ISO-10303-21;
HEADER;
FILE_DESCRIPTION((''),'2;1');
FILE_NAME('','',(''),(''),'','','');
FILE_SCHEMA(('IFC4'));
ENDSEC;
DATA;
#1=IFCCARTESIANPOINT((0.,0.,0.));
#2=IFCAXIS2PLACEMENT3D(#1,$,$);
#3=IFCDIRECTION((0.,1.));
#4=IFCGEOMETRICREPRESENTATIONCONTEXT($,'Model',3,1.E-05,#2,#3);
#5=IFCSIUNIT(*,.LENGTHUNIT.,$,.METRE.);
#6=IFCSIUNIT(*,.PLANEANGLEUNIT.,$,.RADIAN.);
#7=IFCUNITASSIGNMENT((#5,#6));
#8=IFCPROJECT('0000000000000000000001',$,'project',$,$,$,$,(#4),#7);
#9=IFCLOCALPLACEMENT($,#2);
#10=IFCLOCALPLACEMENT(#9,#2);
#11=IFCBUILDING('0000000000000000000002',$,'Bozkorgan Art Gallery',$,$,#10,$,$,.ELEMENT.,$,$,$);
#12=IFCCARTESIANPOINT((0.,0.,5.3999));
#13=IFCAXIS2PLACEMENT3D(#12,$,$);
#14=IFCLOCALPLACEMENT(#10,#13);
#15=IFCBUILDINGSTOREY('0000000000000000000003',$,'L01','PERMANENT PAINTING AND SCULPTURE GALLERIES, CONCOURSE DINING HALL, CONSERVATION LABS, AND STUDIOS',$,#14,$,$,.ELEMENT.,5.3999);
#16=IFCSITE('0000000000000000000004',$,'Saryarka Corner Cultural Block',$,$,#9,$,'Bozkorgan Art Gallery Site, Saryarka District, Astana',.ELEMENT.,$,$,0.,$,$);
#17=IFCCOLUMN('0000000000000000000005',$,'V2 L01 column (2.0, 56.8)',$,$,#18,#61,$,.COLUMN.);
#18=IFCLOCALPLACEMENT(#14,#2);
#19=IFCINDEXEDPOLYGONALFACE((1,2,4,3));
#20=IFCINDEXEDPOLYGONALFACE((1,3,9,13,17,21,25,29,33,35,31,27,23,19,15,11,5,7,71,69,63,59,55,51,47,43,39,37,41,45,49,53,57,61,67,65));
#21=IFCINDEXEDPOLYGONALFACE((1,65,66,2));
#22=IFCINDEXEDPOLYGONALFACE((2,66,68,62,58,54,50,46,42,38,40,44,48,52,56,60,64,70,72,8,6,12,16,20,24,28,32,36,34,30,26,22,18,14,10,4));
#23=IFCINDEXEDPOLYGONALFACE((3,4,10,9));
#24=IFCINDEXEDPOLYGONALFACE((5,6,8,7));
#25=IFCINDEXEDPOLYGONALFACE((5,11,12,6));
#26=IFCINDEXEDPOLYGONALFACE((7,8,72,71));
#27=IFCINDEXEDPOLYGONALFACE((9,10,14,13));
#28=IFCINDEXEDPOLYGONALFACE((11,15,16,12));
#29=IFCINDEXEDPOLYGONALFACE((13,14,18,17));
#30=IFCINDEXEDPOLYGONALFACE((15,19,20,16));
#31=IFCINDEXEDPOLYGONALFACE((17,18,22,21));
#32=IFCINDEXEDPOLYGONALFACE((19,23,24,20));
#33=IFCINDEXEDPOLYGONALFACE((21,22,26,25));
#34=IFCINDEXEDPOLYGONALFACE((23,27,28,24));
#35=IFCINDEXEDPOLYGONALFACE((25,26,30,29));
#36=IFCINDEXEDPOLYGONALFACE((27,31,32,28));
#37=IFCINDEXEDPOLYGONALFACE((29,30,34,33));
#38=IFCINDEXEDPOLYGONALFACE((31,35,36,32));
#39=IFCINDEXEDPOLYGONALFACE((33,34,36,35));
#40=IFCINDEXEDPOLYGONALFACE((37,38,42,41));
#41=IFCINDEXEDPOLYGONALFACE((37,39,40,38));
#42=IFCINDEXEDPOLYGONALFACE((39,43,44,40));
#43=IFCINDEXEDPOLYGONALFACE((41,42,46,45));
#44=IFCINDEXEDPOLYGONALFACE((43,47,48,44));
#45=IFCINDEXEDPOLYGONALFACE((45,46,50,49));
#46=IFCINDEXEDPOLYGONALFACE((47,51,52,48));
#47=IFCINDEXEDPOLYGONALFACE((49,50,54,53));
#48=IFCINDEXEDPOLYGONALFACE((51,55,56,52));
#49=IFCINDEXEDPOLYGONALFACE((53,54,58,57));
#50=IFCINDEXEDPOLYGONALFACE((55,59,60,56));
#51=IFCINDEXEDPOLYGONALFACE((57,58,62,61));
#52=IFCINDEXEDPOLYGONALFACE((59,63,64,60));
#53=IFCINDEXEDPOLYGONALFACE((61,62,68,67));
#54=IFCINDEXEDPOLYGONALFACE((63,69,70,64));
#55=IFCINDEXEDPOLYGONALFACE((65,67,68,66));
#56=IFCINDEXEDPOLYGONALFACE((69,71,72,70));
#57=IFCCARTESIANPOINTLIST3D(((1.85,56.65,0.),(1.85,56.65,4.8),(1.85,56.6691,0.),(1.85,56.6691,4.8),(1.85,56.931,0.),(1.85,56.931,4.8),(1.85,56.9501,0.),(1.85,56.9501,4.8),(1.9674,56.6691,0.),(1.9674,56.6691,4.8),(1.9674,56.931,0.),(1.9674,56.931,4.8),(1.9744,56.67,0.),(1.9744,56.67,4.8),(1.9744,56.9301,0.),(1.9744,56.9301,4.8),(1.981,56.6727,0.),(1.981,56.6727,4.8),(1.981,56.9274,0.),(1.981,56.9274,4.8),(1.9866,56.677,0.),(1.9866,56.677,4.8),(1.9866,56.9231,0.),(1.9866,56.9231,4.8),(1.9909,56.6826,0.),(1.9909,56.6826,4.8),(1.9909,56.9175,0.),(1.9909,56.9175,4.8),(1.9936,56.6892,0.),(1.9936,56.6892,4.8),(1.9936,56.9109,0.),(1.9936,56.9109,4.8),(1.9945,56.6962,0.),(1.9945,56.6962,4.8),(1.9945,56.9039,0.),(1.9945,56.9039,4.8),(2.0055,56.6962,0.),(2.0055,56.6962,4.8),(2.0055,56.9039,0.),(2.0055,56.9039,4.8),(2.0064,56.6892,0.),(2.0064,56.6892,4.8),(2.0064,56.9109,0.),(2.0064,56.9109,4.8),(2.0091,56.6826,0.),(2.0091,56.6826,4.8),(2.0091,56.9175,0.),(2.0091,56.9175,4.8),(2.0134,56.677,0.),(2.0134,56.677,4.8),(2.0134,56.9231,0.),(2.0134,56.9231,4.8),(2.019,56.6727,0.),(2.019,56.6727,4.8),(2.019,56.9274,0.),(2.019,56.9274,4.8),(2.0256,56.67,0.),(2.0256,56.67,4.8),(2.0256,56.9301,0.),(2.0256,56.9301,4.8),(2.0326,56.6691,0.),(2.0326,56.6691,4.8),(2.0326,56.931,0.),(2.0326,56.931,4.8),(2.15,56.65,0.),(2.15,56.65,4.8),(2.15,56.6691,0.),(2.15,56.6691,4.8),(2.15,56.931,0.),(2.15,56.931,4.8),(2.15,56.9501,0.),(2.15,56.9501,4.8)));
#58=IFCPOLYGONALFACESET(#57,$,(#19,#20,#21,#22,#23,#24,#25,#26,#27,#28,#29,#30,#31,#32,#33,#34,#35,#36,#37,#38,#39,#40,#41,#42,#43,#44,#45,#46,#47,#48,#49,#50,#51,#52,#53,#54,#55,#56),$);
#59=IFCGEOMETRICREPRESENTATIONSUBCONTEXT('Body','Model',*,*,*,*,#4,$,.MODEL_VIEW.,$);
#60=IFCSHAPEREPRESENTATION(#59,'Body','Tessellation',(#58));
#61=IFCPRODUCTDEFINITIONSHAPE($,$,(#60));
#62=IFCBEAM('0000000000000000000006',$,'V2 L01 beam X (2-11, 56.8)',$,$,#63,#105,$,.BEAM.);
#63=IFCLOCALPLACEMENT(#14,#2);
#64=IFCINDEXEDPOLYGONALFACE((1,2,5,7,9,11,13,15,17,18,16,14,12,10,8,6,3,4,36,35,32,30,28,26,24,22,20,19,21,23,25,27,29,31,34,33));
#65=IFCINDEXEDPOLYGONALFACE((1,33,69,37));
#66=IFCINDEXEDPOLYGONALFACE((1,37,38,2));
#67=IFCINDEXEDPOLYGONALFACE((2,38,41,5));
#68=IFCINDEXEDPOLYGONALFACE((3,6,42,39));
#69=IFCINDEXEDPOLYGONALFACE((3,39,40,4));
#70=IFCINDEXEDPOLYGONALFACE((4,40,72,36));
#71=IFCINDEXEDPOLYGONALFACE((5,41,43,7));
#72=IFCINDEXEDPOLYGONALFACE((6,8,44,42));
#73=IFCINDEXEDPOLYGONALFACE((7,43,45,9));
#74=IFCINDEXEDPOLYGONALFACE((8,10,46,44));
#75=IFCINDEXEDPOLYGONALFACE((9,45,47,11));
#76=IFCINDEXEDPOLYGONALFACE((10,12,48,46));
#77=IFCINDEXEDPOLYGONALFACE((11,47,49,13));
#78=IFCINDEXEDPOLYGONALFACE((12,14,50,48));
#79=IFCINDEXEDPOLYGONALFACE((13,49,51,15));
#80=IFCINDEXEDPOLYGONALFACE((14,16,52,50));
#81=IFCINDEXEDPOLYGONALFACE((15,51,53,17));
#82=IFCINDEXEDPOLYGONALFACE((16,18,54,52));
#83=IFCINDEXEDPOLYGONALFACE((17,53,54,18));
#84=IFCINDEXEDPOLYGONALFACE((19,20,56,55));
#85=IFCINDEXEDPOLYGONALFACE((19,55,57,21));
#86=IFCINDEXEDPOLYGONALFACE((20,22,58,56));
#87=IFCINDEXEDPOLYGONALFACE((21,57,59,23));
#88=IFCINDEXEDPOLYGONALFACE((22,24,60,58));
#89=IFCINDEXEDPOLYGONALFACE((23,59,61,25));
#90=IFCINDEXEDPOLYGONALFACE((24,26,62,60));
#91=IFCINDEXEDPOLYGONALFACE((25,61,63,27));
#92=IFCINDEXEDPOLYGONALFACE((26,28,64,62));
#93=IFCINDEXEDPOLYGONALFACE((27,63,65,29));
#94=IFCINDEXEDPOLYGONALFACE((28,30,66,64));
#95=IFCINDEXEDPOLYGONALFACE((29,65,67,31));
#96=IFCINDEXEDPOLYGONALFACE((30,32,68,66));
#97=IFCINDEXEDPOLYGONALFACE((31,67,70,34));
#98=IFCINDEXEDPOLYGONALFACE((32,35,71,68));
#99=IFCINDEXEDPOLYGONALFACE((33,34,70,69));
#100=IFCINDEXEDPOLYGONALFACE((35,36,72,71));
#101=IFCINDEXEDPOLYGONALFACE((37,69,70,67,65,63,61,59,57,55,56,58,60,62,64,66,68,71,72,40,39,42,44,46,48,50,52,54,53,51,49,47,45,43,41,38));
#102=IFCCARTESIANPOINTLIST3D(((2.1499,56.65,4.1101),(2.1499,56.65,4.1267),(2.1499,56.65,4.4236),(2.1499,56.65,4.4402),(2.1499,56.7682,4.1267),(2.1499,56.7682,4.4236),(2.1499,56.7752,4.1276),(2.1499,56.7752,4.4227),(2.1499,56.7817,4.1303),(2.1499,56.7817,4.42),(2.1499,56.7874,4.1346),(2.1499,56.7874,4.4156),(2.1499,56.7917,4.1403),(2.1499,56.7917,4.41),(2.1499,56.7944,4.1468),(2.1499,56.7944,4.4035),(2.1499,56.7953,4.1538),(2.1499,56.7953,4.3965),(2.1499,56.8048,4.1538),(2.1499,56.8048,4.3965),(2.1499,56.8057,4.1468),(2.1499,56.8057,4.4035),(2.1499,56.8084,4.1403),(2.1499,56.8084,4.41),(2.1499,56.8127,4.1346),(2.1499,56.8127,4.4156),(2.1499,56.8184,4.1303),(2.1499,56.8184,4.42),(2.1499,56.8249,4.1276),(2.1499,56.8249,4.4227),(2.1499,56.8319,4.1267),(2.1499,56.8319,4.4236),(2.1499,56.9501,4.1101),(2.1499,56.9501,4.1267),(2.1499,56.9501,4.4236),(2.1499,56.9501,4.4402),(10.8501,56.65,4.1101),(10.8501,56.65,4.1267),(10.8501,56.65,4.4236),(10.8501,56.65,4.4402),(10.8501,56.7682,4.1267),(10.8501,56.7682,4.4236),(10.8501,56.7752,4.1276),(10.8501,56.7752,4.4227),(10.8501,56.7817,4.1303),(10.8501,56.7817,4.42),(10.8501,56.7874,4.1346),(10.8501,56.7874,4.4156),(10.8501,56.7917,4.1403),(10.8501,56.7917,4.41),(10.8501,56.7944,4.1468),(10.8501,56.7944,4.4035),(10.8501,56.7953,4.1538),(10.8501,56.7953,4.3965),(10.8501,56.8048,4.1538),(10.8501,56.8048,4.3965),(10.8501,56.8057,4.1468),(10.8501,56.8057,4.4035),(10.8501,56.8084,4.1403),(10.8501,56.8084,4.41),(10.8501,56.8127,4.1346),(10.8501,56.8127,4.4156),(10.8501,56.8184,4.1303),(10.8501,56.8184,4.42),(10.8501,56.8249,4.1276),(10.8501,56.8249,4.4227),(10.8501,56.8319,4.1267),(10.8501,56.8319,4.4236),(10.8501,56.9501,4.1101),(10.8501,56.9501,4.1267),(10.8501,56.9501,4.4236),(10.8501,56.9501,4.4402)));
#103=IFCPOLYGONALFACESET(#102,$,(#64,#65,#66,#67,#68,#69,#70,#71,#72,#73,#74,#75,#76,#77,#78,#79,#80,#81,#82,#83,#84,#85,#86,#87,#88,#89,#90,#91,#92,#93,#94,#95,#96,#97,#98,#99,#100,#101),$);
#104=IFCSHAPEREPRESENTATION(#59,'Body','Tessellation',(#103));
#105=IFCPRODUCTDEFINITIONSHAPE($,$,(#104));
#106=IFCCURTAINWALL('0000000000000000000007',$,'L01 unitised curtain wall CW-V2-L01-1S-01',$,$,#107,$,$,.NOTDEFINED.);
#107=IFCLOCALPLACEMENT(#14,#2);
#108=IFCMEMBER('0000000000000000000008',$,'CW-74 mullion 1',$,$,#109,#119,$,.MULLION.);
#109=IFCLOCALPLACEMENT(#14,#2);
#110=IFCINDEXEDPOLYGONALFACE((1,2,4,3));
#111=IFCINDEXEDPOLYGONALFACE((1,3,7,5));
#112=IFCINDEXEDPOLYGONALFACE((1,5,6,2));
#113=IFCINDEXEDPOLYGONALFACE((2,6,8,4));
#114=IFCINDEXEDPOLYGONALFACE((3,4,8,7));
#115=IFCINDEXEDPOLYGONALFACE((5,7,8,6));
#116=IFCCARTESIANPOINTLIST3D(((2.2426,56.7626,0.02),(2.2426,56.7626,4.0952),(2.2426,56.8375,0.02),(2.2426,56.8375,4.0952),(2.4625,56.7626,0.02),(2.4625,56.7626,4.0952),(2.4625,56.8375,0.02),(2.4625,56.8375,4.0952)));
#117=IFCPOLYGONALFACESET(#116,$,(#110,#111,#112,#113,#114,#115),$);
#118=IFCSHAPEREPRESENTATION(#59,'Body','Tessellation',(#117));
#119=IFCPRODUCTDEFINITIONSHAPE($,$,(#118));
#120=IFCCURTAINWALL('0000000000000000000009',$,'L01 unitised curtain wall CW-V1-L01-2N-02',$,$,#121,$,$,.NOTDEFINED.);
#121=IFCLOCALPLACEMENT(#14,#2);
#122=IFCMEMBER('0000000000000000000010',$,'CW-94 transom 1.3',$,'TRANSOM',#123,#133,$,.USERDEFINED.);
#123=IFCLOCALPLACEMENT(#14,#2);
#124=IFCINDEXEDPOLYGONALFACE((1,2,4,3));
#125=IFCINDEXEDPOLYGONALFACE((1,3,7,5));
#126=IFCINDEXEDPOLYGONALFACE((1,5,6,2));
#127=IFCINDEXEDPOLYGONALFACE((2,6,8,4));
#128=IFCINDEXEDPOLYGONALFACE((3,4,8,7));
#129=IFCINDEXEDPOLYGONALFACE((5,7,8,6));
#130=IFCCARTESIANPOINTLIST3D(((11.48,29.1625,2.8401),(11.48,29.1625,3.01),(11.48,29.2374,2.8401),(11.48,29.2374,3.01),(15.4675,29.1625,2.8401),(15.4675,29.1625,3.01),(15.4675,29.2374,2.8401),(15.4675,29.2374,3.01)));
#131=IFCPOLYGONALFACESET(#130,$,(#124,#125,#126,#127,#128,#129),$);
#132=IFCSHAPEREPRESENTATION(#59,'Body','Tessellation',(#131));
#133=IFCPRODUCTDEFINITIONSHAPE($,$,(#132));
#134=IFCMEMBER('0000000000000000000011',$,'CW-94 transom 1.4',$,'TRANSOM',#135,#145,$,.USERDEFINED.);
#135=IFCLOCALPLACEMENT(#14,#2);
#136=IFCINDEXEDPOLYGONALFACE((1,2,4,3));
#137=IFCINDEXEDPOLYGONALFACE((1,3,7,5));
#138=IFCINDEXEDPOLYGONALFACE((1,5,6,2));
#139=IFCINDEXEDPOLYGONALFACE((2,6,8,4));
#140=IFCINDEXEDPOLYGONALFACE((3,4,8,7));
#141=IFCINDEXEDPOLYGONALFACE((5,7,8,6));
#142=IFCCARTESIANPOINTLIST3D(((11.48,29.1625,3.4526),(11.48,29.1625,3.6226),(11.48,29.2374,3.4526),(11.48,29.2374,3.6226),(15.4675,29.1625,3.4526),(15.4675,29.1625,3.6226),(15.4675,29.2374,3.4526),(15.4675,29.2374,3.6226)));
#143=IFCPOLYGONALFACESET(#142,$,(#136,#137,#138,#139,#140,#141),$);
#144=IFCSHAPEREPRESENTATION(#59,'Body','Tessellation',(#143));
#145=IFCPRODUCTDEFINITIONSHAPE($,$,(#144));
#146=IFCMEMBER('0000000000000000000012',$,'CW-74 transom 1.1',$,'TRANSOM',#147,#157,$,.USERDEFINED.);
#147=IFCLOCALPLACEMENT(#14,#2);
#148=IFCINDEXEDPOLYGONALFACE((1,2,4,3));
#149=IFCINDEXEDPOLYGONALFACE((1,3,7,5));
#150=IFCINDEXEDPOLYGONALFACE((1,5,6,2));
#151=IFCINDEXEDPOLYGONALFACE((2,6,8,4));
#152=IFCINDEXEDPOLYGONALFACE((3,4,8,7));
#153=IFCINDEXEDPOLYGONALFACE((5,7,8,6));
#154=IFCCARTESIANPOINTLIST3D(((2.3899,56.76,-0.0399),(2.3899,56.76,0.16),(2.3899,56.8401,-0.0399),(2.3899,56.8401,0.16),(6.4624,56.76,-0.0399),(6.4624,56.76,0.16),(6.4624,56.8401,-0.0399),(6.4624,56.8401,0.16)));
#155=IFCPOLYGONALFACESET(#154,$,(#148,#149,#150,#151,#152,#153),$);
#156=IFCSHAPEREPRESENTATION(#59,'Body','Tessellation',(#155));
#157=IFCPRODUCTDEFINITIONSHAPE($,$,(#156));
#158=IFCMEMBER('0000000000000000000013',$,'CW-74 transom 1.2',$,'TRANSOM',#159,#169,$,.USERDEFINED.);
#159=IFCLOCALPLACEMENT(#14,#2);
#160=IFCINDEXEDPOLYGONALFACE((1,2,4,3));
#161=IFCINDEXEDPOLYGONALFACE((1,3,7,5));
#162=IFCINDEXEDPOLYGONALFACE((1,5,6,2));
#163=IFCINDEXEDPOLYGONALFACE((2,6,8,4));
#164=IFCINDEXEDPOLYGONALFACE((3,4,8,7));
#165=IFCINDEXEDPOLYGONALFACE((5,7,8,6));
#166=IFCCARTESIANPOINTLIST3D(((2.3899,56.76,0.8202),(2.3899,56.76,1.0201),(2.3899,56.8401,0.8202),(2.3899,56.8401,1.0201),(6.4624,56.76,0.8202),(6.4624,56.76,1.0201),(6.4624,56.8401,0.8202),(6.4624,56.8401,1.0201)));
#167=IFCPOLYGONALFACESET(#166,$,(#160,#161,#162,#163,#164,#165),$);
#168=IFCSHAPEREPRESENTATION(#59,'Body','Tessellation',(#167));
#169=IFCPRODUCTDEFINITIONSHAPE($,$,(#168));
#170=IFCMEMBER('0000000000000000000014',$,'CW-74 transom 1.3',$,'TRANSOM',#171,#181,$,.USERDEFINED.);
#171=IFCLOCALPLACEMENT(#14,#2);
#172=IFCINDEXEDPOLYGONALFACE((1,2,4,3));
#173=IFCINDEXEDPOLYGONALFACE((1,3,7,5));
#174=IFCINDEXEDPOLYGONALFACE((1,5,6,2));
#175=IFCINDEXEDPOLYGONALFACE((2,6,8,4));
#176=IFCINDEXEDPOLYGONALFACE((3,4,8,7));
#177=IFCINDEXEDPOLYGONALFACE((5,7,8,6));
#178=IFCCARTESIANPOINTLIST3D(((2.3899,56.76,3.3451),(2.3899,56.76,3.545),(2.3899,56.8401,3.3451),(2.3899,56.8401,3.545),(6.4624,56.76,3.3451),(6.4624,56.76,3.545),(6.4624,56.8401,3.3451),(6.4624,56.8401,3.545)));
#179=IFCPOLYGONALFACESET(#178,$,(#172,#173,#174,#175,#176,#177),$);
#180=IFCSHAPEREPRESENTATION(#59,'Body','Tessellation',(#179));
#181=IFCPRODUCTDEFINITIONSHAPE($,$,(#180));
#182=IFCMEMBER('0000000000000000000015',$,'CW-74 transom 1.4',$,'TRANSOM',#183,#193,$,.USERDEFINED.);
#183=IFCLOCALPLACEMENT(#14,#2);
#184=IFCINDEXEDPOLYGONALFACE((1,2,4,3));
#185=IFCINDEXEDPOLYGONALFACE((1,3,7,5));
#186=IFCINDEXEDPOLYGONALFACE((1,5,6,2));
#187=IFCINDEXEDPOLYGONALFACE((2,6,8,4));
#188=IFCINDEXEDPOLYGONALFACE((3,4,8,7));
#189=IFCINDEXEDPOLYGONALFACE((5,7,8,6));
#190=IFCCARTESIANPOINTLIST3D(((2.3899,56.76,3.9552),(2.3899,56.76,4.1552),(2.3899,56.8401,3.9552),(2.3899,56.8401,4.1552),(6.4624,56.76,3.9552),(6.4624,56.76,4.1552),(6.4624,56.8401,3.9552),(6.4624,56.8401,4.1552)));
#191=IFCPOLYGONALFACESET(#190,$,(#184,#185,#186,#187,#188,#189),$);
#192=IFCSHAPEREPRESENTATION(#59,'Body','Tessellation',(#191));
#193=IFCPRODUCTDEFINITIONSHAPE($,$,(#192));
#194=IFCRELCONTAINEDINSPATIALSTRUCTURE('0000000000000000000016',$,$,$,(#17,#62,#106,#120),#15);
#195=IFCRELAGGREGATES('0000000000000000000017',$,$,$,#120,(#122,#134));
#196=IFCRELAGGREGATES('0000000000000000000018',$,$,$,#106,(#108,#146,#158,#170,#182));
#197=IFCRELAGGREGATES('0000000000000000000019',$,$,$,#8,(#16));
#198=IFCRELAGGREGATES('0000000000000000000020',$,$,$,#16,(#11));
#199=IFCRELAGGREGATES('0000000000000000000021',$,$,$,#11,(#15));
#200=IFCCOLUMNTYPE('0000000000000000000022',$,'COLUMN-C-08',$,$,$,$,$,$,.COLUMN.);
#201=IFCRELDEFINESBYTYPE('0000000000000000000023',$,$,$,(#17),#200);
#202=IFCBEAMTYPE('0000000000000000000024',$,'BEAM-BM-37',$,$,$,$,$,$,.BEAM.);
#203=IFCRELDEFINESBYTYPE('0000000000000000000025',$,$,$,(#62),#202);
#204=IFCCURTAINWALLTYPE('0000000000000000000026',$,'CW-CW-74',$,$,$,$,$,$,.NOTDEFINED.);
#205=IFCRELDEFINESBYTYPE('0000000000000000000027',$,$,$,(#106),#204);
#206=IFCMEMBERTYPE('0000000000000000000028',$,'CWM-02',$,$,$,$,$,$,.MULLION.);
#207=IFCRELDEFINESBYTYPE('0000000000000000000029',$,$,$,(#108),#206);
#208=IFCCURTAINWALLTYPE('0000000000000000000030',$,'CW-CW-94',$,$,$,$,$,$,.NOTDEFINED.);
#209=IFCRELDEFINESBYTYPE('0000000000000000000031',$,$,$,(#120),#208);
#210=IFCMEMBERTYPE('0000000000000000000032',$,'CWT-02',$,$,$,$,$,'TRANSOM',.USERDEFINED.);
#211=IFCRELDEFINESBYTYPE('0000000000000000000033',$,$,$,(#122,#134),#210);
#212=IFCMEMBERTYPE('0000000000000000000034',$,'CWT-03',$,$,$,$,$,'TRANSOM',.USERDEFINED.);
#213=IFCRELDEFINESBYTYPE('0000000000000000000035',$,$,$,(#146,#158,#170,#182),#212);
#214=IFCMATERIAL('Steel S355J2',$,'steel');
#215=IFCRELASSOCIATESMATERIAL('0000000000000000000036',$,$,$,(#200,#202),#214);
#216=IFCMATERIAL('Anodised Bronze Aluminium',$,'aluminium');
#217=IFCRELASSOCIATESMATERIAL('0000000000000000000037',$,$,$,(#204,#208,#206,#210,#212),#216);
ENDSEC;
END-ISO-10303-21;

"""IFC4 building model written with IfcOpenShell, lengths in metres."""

from ifc_helpers import new_model, si_unit, direction, frame, origin, origin_2d, place, context, subcontext, project, spatial, rectangle, i_section, extrude, material, material_profile, profile_set, type_object, element, aggregate, save


model = new_model("IFC4")

# Units and contexts
model_context = context("Model", 3, precision=1e-05, world=origin(), true_north=direction((0.0, 1.0)))
body_context = subcontext(model_context, "Body", "Model", "MODEL_VIEW")
ifc_project = project(units=[si_unit("LENGTHUNIT", "METRE"), si_unit("PLANEANGLEUNIT", "RADIAN")], contexts=[model_context])

# Site, building, storey
site_placement = place(None, origin())
site = spatial("IfcSite", under=ifc_project, at=site_placement, Name="Saryarka Corner Cultural Block", LongName="Bozkorgan Art Gallery Site, Saryarka District, Astana", CompositionType="ELEMENT", RefElevation=0.0)
building_placement = place(site_placement, origin())
building = spatial("IfcBuilding", under=site, at=building_placement, Name="Bozkorgan Art Gallery", CompositionType="ELEMENT")
storey_placement = place(building_placement, frame((0.0, 0.0, 5.3999)))
storey = spatial("IfcBuildingStorey", under=building, at=storey_placement, Name="L01", Description="PERMANENT PAINTING AND SCULPTURE GALLERIES, CONCOURSE DINING HALL, CONSERVATION LABS, AND STUDIOS", CompositionType="ELEMENT", Elevation=5.3999)

# Column
ifc_material_1 = material(Name="Steel S355J2", Category="steel")
ifc_material_profile_1 = material_profile(ifc_material_1, i_section(OverallWidth=0.3, OverallDepth=0.3, WebThickness=0.011, FlangeThickness=0.019, FilletRadius=0.0271, at=origin_2d()), Name="HEB 300")
ifc_profile_set_1 = profile_set([ifc_material_profile_1], Name="Steel S355J2")
column_type = type_object("IfcColumnType", Name="COLUMN-C-08", PredefinedType="COLUMN", material=ifc_profile_set_1)
column_placement = place(storey_placement, frame((2.0, 56.8, 0.0), z_axis=(0.0, 0.0, 1.0), x_axis=(1.0, 0.0, 0.0)))
element("IfcColumn", 1, at=column_placement, inside=storey, type_object=column_type, Name="V2 L01 column (2.0, 56.8)", PredefinedType="COLUMN", context=body_context, shape_type="SweptSolid", body=[
    extrude(i_section(OverallWidth=0.3, OverallDepth=0.3, WebThickness=0.011, FlangeThickness=0.019, FilletRadius=0.0271, at=origin_2d()), origin(), (0.0, 0.0, 1.0), 4.8),
])

# Beam
ifc_material_profile_2 = material_profile(ifc_material_1, i_section(OverallWidth=0.3, OverallDepth=0.3301, WebThickness=0.0095, FlangeThickness=0.0166, FilletRadius=0.0271, at=origin_2d()), Name="HEA 340")
ifc_profile_set_2 = profile_set([ifc_material_profile_2], Name="Steel S355J2")
beam_type = type_object("IfcBeamType", Name="BEAM-BM-37", PredefinedType="BEAM", material=ifc_profile_set_2)
beam_placement = place(storey_placement, frame((2.1499, 56.8, 4.2751), z_axis=(1.0, 0.0, 0.0), x_axis=(0.0, 1.0, 0.0)))
element("IfcBeam", 2, at=beam_placement, inside=storey, type_object=beam_type, Name="V2 L01 beam X (2-11, 56.8)", PredefinedType="BEAM", context=body_context, shape_type="SweptSolid", body=[
    extrude(i_section(OverallWidth=0.3, OverallDepth=0.3301, WebThickness=0.0095, FlangeThickness=0.0166, FilletRadius=0.0271, at=origin_2d()), origin(), (0.0, 0.0, 1.0), 8.7002),
])

# Curtain wall, member
ifc_material_2 = material(Name="Anodised Bronze Aluminium", Category="aluminium")
curtain_wall_type_1 = type_object("IfcCurtainWallType", Name="CW-CW-74", PredefinedType="NOTDEFINED", material=ifc_material_2)
curtain_wall_1_placement = place(storey_placement, origin())
curtain_wall_1 = element("IfcCurtainWall", 3, at=curtain_wall_1_placement, inside=storey, type_object=curtain_wall_type_1, Name="L01 unitised curtain wall CW-V2-L01-1S-01", PredefinedType="NOTDEFINED")
ifc_material_profile_3 = material_profile(ifc_material_2, rectangle(XDim=0.075, YDim=0.22, at=origin_2d()), Name="ALU MULLION 75x220")
ifc_profile_set_3 = profile_set([ifc_material_profile_3], Name="Anodised Bronze Aluminium")
member_type_1 = type_object("IfcMemberType", Name="CWM-02", PredefinedType="MULLION", material=ifc_profile_set_3)
member_1_placement = place(storey_placement, frame((2.3525, 56.8, 0.02), z_axis=(0.0, 0.0, 1.0), x_axis=(0.0, 1.0, 0.0)))
member_1 = element("IfcMember", 4, at=member_1_placement, type_object=member_type_1, Name="CW-74 mullion 1", PredefinedType="MULLION", context=body_context, shape_type="SweptSolid", body=[
    extrude(rectangle(XDim=0.075, YDim=0.22, at=origin_2d()), origin(), (0.0, 0.0, 1.0), 4.0752),
])

# Curtain wall, members
curtain_wall_type_2 = type_object("IfcCurtainWallType", Name="CW-CW-94", PredefinedType="NOTDEFINED", material=ifc_material_2)
curtain_wall_2_placement = place(storey_placement, origin())
curtain_wall_2 = element("IfcCurtainWall", 5, at=curtain_wall_2_placement, inside=storey, type_object=curtain_wall_type_2, Name="L01 unitised curtain wall CW-V1-L01-2N-02", PredefinedType="NOTDEFINED")
ifc_material_profile_4 = material_profile(ifc_material_2, rectangle(XDim=0.075, YDim=0.1699, at=origin_2d()), Name="ALU TRANSOM 75x170")
ifc_profile_set_4 = profile_set([ifc_material_profile_4], Name="Anodised Bronze Aluminium")
member_type_2 = type_object("IfcMemberType", Name="CWT-02", ElementType="TRANSOM", PredefinedType="USERDEFINED", material=ifc_profile_set_4)
member_2_placement = place(storey_placement, frame((11.48, 29.2, 2.925), z_axis=(1.0, 0.0, 0.0), x_axis=(0.0, 1.0, 0.0)))
member_2 = element("IfcMember", 6, at=member_2_placement, type_object=member_type_2, Name="CW-94 transom 1.3", ObjectType="TRANSOM", PredefinedType="USERDEFINED", context=body_context, shape_type="SweptSolid", body=[
    extrude(rectangle(XDim=0.075, YDim=0.1699, at=origin_2d()), origin(), (0.0, 0.0, 1.0), 3.9875),
])
member_3_placement = place(storey_placement, frame((11.48, 29.2, 3.5376), z_axis=(1.0, 0.0, 0.0), x_axis=(0.0, 1.0, 0.0)))
member_3 = element("IfcMember", 7, at=member_3_placement, type_object=member_type_2, Name="CW-94 transom 1.4", ObjectType="TRANSOM", PredefinedType="USERDEFINED", context=body_context, shape_type="SweptSolid", body=[
    extrude(rectangle(XDim=0.075, YDim=0.1699, at=origin_2d()), origin(), (0.0, 0.0, 1.0), 3.9875),
])

# Members
ifc_material_profile_5 = material_profile(ifc_material_2, rectangle(XDim=0.0801, YDim=0.2, at=origin_2d()), Name="ALU TRANSOM 80x200")
ifc_profile_set_5 = profile_set([ifc_material_profile_5], Name="Anodised Bronze Aluminium")
member_type_3 = type_object("IfcMemberType", Name="CWT-03", ElementType="TRANSOM", PredefinedType="USERDEFINED", material=ifc_profile_set_5)
member_4_placement = place(storey_placement, frame((2.3899, 56.8, 0.0601), z_axis=(1.0, 0.0, 0.0), x_axis=(0.0, 1.0, 0.0)))
member_4 = element("IfcMember", 8, at=member_4_placement, type_object=member_type_3, Name="CW-74 transom 1.1", ObjectType="TRANSOM", PredefinedType="USERDEFINED", context=body_context, shape_type="SweptSolid", body=[
    extrude(rectangle(XDim=0.0801, YDim=0.2, at=origin_2d()), origin(), (0.0, 0.0, 1.0), 4.0725),
])
member_5_placement = place(storey_placement, frame((2.3899, 56.8, 0.9202), z_axis=(1.0, 0.0, 0.0), x_axis=(0.0, 1.0, 0.0)))
member_5 = element("IfcMember", 9, at=member_5_placement, type_object=member_type_3, Name="CW-74 transom 1.2", ObjectType="TRANSOM", PredefinedType="USERDEFINED", context=body_context, shape_type="SweptSolid", body=[
    extrude(rectangle(XDim=0.0801, YDim=0.2, at=origin_2d()), origin(), (0.0, 0.0, 1.0), 4.0725),
])
member_6_placement = place(storey_placement, frame((2.3899, 56.8, 3.4451), z_axis=(1.0, 0.0, 0.0), x_axis=(0.0, 1.0, 0.0)))
member_6 = element("IfcMember", 10, at=member_6_placement, type_object=member_type_3, Name="CW-74 transom 1.3", ObjectType="TRANSOM", PredefinedType="USERDEFINED", context=body_context, shape_type="SweptSolid", body=[
    extrude(rectangle(XDim=0.0801, YDim=0.2, at=origin_2d()), origin(), (0.0, 0.0, 1.0), 4.0725),
])
member_7_placement = place(storey_placement, frame((2.3899, 56.8, 4.0552), z_axis=(1.0, 0.0, 0.0), x_axis=(0.0, 1.0, 0.0)))
member_7 = element("IfcMember", 11, at=member_7_placement, type_object=member_type_3, Name="CW-74 transom 1.4", ObjectType="TRANSOM", PredefinedType="USERDEFINED", context=body_context, shape_type="SweptSolid", body=[
    extrude(rectangle(XDim=0.0801, YDim=0.2, at=origin_2d()), origin(), (0.0, 0.0, 1.0), 4.0725),
])

aggregate(curtain_wall_2, [member_2, member_3])
aggregate(curtain_wall_1, [member_1, member_4, member_5, member_6, member_7])

save(model, "model.ifc")
